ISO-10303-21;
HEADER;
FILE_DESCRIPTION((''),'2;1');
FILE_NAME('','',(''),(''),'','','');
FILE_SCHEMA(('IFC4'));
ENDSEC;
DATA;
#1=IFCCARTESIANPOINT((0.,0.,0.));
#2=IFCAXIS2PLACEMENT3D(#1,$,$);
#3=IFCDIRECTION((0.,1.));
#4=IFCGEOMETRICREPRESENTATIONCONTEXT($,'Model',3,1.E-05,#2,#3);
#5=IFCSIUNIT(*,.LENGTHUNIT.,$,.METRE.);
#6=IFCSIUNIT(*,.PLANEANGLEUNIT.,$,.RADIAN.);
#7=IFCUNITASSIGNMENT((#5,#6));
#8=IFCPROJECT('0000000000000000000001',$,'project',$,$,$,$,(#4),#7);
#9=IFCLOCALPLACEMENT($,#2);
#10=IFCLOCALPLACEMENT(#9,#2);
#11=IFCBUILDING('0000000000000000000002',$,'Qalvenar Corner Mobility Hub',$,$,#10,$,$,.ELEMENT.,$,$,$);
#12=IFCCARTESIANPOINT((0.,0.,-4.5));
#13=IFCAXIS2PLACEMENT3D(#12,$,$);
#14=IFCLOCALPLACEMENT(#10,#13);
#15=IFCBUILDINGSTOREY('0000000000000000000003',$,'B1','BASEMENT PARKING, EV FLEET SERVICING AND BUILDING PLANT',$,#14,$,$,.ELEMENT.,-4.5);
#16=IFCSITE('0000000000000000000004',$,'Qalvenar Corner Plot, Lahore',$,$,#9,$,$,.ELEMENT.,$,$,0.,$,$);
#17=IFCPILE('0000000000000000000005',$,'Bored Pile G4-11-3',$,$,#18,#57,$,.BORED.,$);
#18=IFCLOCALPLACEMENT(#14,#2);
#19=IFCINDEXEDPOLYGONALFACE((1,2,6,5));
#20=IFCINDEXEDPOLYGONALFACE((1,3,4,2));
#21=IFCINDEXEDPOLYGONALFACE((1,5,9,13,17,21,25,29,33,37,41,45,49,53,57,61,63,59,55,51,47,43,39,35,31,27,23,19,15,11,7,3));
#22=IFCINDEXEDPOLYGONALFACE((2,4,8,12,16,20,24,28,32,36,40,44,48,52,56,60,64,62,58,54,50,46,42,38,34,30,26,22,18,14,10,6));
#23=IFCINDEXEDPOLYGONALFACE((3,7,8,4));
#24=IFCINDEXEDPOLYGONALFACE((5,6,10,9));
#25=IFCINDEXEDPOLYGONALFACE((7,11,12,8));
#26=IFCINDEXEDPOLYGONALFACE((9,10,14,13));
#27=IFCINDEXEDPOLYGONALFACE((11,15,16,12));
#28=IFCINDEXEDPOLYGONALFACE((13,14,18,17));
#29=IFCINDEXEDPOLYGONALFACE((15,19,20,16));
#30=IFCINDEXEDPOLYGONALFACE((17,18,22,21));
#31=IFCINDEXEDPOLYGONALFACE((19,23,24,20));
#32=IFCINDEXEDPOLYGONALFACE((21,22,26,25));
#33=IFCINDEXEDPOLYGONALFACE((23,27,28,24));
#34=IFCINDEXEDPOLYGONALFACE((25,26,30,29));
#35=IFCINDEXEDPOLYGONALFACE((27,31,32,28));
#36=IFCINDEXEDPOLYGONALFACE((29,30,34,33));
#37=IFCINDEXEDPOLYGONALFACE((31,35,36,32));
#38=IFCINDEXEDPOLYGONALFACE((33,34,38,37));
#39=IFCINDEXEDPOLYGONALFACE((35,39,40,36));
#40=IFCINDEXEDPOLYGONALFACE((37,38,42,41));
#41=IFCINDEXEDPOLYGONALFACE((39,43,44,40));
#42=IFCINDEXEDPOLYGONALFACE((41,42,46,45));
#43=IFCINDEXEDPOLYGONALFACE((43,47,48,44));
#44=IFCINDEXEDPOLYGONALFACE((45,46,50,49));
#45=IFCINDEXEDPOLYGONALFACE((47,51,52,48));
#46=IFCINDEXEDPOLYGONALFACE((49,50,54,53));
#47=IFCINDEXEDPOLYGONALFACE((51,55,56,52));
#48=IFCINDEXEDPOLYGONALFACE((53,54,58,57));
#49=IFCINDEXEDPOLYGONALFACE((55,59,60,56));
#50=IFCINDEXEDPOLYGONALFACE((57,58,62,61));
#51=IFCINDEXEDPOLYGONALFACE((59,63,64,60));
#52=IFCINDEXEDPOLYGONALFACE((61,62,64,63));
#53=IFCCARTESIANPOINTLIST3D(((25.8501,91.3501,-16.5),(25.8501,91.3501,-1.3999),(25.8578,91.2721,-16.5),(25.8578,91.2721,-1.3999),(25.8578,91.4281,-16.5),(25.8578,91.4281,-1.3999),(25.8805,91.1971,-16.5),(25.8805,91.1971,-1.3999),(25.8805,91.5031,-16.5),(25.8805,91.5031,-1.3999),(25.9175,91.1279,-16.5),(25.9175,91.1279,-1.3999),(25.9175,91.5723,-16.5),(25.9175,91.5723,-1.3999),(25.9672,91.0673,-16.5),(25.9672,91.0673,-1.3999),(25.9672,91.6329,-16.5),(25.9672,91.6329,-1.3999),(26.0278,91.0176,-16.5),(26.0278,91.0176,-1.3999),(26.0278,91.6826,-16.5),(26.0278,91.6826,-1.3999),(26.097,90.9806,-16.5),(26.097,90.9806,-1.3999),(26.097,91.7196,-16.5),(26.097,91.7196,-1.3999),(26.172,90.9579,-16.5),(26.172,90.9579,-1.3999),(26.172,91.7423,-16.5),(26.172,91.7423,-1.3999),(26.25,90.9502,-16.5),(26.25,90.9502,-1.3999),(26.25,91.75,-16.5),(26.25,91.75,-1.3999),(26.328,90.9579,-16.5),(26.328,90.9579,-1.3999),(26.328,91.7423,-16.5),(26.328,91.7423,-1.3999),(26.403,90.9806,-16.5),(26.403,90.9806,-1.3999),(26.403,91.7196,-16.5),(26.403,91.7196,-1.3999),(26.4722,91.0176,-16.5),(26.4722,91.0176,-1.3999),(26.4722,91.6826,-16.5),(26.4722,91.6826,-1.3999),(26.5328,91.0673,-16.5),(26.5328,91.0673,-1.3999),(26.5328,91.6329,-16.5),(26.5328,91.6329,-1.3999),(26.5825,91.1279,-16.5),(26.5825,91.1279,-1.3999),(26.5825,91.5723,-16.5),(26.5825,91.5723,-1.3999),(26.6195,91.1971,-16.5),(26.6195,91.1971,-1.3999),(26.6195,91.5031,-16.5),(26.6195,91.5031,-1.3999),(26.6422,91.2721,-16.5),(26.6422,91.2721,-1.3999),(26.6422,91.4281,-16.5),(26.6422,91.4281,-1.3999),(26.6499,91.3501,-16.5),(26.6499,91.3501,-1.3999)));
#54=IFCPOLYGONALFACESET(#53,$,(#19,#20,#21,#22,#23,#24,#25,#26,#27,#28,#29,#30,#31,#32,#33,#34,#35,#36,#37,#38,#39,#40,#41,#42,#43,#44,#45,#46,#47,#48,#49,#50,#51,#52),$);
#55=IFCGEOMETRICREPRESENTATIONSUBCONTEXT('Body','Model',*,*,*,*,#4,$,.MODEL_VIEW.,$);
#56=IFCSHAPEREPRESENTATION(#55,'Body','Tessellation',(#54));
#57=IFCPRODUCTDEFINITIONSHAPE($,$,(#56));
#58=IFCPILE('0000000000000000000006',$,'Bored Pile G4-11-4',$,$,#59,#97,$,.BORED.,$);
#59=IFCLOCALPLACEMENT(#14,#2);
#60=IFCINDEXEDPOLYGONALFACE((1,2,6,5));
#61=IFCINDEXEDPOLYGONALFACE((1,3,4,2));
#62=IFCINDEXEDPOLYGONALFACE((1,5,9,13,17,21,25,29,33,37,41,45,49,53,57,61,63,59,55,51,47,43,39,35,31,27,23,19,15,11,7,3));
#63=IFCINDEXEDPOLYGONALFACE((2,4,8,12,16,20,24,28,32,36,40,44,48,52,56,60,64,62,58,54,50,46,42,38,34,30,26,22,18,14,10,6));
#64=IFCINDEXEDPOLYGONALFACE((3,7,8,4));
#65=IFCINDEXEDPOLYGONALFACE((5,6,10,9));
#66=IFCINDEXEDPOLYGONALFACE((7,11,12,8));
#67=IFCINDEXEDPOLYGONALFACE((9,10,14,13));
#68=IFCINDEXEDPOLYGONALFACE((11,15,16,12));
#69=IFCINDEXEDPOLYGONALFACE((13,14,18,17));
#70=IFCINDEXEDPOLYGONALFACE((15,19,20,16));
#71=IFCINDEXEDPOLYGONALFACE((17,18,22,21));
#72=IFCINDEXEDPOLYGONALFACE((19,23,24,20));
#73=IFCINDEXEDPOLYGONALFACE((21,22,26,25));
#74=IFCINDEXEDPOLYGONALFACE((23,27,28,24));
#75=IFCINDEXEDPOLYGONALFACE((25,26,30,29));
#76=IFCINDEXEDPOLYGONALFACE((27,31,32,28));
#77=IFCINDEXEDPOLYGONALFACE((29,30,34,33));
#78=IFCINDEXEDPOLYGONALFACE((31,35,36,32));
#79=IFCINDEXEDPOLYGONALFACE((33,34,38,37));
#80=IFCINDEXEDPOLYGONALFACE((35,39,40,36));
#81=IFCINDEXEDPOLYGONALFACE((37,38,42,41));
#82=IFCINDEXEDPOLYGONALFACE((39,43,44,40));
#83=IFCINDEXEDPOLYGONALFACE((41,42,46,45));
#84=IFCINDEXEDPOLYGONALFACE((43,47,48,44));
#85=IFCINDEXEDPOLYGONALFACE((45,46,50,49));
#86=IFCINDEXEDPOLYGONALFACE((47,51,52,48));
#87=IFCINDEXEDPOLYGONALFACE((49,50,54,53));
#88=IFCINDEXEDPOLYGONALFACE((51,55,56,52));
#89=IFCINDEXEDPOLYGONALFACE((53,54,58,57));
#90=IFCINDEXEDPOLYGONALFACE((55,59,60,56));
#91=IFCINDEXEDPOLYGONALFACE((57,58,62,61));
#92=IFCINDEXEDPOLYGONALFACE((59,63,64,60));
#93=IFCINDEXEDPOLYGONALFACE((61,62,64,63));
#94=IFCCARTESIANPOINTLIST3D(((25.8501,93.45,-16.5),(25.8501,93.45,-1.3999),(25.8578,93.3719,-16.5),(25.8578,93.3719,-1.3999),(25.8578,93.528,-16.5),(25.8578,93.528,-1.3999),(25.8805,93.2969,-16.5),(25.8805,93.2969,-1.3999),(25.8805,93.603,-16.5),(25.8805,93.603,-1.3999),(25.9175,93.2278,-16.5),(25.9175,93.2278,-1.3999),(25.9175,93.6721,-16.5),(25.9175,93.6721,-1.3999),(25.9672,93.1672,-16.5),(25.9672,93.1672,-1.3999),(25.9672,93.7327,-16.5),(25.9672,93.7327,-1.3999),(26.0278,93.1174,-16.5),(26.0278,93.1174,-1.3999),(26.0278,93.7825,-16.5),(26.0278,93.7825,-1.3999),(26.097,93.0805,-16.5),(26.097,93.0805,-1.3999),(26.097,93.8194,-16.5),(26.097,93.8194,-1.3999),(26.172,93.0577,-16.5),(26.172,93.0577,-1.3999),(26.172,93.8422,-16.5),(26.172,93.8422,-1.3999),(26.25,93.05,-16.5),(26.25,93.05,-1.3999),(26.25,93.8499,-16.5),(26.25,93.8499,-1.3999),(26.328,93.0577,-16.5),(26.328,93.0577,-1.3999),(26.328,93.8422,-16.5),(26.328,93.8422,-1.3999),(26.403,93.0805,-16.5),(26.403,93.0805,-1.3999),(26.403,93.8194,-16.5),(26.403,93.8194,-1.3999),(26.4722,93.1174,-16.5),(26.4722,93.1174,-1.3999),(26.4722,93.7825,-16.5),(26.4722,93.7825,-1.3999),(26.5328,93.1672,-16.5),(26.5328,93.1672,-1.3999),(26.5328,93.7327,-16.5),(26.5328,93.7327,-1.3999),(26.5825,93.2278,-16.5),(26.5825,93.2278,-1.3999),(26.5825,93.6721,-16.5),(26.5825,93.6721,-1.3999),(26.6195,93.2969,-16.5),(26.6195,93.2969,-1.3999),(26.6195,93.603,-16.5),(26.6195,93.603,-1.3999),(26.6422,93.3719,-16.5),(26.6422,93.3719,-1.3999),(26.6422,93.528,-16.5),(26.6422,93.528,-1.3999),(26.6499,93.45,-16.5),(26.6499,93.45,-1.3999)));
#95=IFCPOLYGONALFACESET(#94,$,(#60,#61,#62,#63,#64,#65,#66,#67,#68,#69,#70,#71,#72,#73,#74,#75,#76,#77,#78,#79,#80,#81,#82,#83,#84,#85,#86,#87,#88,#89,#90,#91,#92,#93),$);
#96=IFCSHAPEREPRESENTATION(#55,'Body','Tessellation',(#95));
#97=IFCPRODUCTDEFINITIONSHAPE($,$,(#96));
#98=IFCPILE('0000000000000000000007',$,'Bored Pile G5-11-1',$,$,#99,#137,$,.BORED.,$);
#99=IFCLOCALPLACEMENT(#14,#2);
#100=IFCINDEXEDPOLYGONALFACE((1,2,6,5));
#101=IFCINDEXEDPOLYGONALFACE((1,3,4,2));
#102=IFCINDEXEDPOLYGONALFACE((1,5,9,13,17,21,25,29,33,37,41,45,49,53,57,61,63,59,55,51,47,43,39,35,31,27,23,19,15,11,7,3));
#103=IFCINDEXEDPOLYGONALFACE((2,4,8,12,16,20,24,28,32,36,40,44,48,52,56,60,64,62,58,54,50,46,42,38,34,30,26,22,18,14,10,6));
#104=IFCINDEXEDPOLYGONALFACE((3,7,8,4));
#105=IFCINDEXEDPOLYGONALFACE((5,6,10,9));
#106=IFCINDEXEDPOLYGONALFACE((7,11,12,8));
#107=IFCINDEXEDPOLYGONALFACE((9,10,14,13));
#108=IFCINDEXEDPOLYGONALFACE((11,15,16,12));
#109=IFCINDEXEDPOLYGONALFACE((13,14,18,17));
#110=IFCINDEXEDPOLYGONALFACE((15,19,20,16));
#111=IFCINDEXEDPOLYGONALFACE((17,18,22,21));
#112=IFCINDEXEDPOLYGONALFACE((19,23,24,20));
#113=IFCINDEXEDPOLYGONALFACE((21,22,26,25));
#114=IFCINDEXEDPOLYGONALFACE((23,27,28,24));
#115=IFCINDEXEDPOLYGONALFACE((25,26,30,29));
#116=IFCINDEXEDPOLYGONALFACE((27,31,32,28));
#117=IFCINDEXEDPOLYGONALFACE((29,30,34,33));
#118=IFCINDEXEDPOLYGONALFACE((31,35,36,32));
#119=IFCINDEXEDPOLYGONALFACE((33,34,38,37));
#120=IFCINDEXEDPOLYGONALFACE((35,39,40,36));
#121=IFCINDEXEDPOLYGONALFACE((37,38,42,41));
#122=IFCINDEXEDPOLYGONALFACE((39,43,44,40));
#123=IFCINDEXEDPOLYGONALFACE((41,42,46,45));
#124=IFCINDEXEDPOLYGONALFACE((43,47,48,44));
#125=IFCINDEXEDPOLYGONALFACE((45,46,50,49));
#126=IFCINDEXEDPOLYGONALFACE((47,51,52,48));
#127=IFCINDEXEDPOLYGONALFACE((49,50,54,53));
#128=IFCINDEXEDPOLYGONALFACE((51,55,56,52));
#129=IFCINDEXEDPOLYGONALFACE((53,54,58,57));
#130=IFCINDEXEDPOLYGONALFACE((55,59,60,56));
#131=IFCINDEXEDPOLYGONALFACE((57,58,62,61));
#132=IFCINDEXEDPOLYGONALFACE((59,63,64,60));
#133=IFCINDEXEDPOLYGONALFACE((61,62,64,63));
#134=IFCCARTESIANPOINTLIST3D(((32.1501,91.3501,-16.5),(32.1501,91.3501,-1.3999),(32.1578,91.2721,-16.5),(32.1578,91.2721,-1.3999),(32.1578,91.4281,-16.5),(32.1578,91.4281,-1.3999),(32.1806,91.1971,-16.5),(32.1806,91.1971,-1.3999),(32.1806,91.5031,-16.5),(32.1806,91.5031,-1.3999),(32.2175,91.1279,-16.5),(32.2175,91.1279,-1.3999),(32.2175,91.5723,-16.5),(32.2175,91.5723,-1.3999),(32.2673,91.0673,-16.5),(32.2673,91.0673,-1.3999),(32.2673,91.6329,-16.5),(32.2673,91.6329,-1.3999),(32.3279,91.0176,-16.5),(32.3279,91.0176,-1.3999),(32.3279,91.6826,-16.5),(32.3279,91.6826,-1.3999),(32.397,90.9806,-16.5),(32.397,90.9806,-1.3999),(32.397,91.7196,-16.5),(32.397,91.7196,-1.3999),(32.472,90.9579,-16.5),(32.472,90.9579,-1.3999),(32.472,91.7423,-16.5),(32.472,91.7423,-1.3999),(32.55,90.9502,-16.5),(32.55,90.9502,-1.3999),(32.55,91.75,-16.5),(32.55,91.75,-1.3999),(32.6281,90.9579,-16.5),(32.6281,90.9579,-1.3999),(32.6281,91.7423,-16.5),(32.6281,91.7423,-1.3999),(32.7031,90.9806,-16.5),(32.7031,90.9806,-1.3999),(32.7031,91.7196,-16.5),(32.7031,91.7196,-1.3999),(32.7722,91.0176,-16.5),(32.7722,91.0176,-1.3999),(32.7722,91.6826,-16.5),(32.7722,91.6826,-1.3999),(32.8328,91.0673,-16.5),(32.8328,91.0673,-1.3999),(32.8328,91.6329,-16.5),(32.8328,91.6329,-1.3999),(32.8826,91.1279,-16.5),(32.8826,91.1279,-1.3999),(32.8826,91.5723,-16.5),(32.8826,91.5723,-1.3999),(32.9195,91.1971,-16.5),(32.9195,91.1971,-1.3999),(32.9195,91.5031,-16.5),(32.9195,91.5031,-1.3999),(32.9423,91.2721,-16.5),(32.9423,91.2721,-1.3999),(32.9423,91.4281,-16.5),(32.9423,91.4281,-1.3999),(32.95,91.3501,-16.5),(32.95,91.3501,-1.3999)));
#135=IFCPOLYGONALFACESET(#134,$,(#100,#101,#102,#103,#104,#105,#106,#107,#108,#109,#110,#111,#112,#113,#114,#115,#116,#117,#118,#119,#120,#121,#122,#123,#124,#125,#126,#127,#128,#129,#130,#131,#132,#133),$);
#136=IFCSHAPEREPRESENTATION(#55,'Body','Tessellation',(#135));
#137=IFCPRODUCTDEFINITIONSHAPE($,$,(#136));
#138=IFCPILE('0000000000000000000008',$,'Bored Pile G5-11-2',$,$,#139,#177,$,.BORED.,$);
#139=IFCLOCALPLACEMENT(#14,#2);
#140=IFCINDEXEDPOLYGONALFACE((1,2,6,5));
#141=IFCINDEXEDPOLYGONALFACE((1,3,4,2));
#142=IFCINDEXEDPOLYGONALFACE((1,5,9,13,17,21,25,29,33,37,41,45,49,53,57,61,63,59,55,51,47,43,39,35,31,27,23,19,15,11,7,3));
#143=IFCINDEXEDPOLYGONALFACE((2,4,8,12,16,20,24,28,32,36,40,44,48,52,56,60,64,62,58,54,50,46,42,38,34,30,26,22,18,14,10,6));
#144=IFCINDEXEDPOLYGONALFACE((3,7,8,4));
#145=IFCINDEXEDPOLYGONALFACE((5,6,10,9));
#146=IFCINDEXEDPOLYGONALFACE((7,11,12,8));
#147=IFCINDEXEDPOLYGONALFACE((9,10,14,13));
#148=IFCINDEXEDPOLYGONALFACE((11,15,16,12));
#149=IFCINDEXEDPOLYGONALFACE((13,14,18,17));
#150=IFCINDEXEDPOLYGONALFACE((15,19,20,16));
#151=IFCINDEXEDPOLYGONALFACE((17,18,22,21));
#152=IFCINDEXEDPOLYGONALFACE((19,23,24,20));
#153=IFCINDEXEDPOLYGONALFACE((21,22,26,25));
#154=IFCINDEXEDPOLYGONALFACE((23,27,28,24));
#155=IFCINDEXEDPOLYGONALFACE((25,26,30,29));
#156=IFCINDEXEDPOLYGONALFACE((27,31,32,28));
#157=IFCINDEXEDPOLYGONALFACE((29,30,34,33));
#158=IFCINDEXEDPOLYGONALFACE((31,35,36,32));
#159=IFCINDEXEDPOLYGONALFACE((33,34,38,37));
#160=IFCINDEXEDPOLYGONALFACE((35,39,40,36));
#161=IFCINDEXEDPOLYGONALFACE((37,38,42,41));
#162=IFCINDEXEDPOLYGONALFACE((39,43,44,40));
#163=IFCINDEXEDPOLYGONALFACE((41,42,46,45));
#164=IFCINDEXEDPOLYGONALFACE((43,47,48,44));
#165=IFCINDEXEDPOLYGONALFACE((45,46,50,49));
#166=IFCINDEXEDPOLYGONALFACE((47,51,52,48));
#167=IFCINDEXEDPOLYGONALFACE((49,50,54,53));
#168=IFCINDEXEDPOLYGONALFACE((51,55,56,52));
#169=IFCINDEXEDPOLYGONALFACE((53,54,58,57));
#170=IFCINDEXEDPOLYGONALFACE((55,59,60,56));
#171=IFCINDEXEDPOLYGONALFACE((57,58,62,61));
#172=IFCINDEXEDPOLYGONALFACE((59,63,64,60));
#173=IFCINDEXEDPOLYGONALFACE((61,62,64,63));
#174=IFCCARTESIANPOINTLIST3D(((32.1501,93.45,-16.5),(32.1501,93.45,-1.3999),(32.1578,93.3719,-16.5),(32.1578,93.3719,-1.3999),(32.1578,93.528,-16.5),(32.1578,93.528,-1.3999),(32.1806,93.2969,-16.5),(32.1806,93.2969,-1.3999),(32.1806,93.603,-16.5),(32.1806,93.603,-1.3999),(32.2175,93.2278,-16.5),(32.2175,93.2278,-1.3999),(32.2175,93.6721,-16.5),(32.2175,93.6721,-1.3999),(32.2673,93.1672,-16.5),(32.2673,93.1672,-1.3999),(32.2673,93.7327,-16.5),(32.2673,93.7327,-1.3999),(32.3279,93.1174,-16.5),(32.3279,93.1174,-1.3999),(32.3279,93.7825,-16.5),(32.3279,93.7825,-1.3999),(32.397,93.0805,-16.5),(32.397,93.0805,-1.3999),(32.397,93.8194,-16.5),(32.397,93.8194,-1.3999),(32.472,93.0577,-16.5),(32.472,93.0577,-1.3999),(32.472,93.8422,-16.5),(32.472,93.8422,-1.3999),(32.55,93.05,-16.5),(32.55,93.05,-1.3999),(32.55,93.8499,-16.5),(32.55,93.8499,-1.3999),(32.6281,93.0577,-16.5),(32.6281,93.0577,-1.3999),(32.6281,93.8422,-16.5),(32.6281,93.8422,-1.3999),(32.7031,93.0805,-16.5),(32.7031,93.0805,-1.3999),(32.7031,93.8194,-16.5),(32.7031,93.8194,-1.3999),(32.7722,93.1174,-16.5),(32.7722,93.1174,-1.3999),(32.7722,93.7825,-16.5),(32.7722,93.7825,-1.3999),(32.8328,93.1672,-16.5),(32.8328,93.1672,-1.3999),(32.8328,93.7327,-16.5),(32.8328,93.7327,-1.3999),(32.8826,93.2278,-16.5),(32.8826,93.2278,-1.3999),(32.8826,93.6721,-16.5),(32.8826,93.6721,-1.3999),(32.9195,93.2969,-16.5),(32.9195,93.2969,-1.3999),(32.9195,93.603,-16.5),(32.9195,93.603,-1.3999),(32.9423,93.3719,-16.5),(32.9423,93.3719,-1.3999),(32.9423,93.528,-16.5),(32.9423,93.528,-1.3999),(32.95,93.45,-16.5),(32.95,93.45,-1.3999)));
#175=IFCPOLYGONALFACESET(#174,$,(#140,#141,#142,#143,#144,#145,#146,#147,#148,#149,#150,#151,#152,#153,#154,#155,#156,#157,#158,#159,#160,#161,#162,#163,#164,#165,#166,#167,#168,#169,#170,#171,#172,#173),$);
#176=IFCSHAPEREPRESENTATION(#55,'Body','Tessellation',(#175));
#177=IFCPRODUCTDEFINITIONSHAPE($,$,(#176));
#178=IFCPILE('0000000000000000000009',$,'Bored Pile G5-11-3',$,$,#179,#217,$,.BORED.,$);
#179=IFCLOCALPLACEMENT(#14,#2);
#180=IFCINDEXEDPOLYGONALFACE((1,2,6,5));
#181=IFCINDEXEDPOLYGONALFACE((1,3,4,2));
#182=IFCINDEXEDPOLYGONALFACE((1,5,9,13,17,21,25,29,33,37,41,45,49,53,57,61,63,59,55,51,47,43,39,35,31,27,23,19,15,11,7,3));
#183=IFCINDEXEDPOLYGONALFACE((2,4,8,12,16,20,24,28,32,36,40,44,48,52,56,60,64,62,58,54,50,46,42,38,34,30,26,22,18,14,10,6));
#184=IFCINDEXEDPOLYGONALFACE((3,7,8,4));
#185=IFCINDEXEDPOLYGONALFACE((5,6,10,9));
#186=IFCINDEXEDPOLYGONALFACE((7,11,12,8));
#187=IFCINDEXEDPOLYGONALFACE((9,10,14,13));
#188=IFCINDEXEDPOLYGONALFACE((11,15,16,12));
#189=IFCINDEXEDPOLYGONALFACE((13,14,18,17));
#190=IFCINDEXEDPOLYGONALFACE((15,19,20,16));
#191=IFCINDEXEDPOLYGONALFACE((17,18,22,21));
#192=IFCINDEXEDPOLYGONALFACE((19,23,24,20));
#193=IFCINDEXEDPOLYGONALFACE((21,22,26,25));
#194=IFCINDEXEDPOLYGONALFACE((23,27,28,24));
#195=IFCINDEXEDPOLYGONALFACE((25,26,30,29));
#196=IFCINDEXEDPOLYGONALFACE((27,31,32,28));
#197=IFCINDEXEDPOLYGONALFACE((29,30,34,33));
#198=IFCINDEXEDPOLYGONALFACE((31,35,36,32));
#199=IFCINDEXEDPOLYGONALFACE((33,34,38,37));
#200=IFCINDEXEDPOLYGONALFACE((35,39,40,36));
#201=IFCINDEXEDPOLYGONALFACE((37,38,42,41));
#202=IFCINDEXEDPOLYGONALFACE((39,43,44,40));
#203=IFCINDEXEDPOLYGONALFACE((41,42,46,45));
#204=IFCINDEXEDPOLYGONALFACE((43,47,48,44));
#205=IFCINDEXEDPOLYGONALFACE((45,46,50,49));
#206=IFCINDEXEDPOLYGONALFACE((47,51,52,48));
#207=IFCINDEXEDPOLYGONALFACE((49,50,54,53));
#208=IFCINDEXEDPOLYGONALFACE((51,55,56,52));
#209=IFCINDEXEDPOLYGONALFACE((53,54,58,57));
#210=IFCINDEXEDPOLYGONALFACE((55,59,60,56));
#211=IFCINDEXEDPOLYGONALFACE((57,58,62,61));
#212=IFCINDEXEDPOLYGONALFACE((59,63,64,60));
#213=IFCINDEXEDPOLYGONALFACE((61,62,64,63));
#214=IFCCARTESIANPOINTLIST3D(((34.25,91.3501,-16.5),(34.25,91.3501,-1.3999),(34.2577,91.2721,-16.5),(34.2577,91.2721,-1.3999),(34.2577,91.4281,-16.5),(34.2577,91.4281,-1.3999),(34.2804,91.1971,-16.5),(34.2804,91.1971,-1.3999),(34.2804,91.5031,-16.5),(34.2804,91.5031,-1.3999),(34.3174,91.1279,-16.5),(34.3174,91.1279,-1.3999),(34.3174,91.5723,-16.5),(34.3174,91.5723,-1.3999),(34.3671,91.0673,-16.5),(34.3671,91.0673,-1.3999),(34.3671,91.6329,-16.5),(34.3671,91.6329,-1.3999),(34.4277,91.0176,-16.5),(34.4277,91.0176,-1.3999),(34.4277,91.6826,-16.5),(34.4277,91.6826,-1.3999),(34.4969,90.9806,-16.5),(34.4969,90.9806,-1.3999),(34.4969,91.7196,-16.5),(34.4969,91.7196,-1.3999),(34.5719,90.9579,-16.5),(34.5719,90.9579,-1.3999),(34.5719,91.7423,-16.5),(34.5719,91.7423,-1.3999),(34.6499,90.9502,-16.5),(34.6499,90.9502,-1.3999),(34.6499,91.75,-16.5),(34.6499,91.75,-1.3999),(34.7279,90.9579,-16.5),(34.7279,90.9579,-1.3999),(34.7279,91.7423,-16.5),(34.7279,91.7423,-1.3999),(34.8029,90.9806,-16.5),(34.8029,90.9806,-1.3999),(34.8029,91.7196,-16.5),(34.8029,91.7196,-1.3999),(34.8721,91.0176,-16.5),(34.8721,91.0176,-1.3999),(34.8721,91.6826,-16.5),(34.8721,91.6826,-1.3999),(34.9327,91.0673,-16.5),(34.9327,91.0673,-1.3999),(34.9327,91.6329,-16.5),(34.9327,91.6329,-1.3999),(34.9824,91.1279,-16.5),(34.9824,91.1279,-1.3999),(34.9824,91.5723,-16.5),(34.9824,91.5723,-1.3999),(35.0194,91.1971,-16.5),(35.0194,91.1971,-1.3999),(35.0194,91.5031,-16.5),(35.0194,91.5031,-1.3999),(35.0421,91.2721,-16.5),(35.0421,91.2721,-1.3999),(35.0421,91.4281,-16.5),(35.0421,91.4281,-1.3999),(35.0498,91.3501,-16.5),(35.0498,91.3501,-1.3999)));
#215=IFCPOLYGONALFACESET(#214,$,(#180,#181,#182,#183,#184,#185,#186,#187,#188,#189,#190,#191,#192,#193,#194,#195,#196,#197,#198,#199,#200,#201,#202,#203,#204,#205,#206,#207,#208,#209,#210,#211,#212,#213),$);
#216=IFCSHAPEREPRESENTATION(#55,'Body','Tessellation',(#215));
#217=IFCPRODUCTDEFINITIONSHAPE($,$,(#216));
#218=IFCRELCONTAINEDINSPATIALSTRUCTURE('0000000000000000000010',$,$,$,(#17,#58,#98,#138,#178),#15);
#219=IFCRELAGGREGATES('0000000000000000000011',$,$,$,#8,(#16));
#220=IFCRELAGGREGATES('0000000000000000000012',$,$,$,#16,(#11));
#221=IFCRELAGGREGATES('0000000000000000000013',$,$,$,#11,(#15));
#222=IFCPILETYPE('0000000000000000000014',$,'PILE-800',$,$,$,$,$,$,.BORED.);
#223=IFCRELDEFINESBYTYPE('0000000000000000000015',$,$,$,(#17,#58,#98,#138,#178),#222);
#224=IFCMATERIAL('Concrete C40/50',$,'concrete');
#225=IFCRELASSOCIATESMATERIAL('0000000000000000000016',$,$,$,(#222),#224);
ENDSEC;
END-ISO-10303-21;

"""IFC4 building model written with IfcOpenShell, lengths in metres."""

from ifc_helpers import new_model, si_unit, direction, frame, origin, origin_2d, place, context, subcontext, project, spatial, circle, extrude, material, material_profile, profile_set, type_object, element, save


model = new_model("IFC4")

# Units and contexts
model_context = context("Model", 3, precision=1e-05, world=origin(), true_north=direction((0.0, 1.0)))
body_context = subcontext(model_context, "Body", "Model", "MODEL_VIEW")
ifc_project = project(units=[si_unit("LENGTHUNIT", "METRE"), si_unit("PLANEANGLEUNIT", "RADIAN")], contexts=[model_context])

# Site, building, storey
site_placement = place(None, origin())
site = spatial("IfcSite", under=ifc_project, at=site_placement, Name="Qalvenar Corner Plot, Lahore", CompositionType="ELEMENT", RefElevation=0.0)
building_placement = place(site_placement, origin())
building = spatial("IfcBuilding", under=site, at=building_placement, Name="Qalvenar Corner Mobility Hub", CompositionType="ELEMENT")
storey_placement = place(building_placement, frame((0.0, 0.0, -4.5)))
storey = spatial("IfcBuildingStorey", under=building, at=storey_placement, Name="B1", Description="BASEMENT PARKING, EV FLEET SERVICING AND BUILDING PLANT", CompositionType="ELEMENT", Elevation=-4.5)

# Shared definitions
ifc_material_1 = material(Name="Concrete C40/50", Category="concrete")

# Piles
ifc_material_profile_1 = material_profile(ifc_material_1, circle(Radius=0.3999, at=origin_2d()), Name="DIA800")
ifc_profile_set_1 = profile_set([ifc_material_profile_1], Name="Concrete C40/50")
pile_type_1 = type_object("IfcPileType", Name="PILE-800", PredefinedType="BORED", material=ifc_profile_set_1)
for number, where, z_axis, x_axis, name in (
    (1, (26.25, 91.3501, -1.3999), (0.0, 0.0, -1.0), (1.0, 0.0, 0.0), "Bored Pile G4-11-3"),
    (2, (26.25, 93.45, -1.3999), (0.0, 0.0, -1.0), (1.0, 0.0, 0.0), "Bored Pile G4-11-4"),
    (3, (32.55, 91.3501, -1.3999), (0.0, 0.0, -1.0), (1.0, 0.0, 0.0), "Bored Pile G5-11-1"),
    (4, (32.55, 93.45, -1.3999), (0.0, 0.0, -1.0), (1.0, 0.0, 0.0), "Bored Pile G5-11-2"),
    (5, (34.6499, 91.3501, -1.3999), (0.0, 0.0, -1.0), (1.0, 0.0, 0.0), "Bored Pile G5-11-3"),
):
    element("IfcPile", number, at=place(storey_placement, frame(where, z_axis=z_axis, x_axis=x_axis)), inside=storey, type_object=pile_type_1, Name=name, PredefinedType="BORED", context=body_context, shape_type="SweptSolid", body=[
        extrude(circle(Radius=0.3999, at=origin_2d()), origin(), (0.0, 0.0, 1.0), 15.1001),
    ])

save(model, "model.ifc")
